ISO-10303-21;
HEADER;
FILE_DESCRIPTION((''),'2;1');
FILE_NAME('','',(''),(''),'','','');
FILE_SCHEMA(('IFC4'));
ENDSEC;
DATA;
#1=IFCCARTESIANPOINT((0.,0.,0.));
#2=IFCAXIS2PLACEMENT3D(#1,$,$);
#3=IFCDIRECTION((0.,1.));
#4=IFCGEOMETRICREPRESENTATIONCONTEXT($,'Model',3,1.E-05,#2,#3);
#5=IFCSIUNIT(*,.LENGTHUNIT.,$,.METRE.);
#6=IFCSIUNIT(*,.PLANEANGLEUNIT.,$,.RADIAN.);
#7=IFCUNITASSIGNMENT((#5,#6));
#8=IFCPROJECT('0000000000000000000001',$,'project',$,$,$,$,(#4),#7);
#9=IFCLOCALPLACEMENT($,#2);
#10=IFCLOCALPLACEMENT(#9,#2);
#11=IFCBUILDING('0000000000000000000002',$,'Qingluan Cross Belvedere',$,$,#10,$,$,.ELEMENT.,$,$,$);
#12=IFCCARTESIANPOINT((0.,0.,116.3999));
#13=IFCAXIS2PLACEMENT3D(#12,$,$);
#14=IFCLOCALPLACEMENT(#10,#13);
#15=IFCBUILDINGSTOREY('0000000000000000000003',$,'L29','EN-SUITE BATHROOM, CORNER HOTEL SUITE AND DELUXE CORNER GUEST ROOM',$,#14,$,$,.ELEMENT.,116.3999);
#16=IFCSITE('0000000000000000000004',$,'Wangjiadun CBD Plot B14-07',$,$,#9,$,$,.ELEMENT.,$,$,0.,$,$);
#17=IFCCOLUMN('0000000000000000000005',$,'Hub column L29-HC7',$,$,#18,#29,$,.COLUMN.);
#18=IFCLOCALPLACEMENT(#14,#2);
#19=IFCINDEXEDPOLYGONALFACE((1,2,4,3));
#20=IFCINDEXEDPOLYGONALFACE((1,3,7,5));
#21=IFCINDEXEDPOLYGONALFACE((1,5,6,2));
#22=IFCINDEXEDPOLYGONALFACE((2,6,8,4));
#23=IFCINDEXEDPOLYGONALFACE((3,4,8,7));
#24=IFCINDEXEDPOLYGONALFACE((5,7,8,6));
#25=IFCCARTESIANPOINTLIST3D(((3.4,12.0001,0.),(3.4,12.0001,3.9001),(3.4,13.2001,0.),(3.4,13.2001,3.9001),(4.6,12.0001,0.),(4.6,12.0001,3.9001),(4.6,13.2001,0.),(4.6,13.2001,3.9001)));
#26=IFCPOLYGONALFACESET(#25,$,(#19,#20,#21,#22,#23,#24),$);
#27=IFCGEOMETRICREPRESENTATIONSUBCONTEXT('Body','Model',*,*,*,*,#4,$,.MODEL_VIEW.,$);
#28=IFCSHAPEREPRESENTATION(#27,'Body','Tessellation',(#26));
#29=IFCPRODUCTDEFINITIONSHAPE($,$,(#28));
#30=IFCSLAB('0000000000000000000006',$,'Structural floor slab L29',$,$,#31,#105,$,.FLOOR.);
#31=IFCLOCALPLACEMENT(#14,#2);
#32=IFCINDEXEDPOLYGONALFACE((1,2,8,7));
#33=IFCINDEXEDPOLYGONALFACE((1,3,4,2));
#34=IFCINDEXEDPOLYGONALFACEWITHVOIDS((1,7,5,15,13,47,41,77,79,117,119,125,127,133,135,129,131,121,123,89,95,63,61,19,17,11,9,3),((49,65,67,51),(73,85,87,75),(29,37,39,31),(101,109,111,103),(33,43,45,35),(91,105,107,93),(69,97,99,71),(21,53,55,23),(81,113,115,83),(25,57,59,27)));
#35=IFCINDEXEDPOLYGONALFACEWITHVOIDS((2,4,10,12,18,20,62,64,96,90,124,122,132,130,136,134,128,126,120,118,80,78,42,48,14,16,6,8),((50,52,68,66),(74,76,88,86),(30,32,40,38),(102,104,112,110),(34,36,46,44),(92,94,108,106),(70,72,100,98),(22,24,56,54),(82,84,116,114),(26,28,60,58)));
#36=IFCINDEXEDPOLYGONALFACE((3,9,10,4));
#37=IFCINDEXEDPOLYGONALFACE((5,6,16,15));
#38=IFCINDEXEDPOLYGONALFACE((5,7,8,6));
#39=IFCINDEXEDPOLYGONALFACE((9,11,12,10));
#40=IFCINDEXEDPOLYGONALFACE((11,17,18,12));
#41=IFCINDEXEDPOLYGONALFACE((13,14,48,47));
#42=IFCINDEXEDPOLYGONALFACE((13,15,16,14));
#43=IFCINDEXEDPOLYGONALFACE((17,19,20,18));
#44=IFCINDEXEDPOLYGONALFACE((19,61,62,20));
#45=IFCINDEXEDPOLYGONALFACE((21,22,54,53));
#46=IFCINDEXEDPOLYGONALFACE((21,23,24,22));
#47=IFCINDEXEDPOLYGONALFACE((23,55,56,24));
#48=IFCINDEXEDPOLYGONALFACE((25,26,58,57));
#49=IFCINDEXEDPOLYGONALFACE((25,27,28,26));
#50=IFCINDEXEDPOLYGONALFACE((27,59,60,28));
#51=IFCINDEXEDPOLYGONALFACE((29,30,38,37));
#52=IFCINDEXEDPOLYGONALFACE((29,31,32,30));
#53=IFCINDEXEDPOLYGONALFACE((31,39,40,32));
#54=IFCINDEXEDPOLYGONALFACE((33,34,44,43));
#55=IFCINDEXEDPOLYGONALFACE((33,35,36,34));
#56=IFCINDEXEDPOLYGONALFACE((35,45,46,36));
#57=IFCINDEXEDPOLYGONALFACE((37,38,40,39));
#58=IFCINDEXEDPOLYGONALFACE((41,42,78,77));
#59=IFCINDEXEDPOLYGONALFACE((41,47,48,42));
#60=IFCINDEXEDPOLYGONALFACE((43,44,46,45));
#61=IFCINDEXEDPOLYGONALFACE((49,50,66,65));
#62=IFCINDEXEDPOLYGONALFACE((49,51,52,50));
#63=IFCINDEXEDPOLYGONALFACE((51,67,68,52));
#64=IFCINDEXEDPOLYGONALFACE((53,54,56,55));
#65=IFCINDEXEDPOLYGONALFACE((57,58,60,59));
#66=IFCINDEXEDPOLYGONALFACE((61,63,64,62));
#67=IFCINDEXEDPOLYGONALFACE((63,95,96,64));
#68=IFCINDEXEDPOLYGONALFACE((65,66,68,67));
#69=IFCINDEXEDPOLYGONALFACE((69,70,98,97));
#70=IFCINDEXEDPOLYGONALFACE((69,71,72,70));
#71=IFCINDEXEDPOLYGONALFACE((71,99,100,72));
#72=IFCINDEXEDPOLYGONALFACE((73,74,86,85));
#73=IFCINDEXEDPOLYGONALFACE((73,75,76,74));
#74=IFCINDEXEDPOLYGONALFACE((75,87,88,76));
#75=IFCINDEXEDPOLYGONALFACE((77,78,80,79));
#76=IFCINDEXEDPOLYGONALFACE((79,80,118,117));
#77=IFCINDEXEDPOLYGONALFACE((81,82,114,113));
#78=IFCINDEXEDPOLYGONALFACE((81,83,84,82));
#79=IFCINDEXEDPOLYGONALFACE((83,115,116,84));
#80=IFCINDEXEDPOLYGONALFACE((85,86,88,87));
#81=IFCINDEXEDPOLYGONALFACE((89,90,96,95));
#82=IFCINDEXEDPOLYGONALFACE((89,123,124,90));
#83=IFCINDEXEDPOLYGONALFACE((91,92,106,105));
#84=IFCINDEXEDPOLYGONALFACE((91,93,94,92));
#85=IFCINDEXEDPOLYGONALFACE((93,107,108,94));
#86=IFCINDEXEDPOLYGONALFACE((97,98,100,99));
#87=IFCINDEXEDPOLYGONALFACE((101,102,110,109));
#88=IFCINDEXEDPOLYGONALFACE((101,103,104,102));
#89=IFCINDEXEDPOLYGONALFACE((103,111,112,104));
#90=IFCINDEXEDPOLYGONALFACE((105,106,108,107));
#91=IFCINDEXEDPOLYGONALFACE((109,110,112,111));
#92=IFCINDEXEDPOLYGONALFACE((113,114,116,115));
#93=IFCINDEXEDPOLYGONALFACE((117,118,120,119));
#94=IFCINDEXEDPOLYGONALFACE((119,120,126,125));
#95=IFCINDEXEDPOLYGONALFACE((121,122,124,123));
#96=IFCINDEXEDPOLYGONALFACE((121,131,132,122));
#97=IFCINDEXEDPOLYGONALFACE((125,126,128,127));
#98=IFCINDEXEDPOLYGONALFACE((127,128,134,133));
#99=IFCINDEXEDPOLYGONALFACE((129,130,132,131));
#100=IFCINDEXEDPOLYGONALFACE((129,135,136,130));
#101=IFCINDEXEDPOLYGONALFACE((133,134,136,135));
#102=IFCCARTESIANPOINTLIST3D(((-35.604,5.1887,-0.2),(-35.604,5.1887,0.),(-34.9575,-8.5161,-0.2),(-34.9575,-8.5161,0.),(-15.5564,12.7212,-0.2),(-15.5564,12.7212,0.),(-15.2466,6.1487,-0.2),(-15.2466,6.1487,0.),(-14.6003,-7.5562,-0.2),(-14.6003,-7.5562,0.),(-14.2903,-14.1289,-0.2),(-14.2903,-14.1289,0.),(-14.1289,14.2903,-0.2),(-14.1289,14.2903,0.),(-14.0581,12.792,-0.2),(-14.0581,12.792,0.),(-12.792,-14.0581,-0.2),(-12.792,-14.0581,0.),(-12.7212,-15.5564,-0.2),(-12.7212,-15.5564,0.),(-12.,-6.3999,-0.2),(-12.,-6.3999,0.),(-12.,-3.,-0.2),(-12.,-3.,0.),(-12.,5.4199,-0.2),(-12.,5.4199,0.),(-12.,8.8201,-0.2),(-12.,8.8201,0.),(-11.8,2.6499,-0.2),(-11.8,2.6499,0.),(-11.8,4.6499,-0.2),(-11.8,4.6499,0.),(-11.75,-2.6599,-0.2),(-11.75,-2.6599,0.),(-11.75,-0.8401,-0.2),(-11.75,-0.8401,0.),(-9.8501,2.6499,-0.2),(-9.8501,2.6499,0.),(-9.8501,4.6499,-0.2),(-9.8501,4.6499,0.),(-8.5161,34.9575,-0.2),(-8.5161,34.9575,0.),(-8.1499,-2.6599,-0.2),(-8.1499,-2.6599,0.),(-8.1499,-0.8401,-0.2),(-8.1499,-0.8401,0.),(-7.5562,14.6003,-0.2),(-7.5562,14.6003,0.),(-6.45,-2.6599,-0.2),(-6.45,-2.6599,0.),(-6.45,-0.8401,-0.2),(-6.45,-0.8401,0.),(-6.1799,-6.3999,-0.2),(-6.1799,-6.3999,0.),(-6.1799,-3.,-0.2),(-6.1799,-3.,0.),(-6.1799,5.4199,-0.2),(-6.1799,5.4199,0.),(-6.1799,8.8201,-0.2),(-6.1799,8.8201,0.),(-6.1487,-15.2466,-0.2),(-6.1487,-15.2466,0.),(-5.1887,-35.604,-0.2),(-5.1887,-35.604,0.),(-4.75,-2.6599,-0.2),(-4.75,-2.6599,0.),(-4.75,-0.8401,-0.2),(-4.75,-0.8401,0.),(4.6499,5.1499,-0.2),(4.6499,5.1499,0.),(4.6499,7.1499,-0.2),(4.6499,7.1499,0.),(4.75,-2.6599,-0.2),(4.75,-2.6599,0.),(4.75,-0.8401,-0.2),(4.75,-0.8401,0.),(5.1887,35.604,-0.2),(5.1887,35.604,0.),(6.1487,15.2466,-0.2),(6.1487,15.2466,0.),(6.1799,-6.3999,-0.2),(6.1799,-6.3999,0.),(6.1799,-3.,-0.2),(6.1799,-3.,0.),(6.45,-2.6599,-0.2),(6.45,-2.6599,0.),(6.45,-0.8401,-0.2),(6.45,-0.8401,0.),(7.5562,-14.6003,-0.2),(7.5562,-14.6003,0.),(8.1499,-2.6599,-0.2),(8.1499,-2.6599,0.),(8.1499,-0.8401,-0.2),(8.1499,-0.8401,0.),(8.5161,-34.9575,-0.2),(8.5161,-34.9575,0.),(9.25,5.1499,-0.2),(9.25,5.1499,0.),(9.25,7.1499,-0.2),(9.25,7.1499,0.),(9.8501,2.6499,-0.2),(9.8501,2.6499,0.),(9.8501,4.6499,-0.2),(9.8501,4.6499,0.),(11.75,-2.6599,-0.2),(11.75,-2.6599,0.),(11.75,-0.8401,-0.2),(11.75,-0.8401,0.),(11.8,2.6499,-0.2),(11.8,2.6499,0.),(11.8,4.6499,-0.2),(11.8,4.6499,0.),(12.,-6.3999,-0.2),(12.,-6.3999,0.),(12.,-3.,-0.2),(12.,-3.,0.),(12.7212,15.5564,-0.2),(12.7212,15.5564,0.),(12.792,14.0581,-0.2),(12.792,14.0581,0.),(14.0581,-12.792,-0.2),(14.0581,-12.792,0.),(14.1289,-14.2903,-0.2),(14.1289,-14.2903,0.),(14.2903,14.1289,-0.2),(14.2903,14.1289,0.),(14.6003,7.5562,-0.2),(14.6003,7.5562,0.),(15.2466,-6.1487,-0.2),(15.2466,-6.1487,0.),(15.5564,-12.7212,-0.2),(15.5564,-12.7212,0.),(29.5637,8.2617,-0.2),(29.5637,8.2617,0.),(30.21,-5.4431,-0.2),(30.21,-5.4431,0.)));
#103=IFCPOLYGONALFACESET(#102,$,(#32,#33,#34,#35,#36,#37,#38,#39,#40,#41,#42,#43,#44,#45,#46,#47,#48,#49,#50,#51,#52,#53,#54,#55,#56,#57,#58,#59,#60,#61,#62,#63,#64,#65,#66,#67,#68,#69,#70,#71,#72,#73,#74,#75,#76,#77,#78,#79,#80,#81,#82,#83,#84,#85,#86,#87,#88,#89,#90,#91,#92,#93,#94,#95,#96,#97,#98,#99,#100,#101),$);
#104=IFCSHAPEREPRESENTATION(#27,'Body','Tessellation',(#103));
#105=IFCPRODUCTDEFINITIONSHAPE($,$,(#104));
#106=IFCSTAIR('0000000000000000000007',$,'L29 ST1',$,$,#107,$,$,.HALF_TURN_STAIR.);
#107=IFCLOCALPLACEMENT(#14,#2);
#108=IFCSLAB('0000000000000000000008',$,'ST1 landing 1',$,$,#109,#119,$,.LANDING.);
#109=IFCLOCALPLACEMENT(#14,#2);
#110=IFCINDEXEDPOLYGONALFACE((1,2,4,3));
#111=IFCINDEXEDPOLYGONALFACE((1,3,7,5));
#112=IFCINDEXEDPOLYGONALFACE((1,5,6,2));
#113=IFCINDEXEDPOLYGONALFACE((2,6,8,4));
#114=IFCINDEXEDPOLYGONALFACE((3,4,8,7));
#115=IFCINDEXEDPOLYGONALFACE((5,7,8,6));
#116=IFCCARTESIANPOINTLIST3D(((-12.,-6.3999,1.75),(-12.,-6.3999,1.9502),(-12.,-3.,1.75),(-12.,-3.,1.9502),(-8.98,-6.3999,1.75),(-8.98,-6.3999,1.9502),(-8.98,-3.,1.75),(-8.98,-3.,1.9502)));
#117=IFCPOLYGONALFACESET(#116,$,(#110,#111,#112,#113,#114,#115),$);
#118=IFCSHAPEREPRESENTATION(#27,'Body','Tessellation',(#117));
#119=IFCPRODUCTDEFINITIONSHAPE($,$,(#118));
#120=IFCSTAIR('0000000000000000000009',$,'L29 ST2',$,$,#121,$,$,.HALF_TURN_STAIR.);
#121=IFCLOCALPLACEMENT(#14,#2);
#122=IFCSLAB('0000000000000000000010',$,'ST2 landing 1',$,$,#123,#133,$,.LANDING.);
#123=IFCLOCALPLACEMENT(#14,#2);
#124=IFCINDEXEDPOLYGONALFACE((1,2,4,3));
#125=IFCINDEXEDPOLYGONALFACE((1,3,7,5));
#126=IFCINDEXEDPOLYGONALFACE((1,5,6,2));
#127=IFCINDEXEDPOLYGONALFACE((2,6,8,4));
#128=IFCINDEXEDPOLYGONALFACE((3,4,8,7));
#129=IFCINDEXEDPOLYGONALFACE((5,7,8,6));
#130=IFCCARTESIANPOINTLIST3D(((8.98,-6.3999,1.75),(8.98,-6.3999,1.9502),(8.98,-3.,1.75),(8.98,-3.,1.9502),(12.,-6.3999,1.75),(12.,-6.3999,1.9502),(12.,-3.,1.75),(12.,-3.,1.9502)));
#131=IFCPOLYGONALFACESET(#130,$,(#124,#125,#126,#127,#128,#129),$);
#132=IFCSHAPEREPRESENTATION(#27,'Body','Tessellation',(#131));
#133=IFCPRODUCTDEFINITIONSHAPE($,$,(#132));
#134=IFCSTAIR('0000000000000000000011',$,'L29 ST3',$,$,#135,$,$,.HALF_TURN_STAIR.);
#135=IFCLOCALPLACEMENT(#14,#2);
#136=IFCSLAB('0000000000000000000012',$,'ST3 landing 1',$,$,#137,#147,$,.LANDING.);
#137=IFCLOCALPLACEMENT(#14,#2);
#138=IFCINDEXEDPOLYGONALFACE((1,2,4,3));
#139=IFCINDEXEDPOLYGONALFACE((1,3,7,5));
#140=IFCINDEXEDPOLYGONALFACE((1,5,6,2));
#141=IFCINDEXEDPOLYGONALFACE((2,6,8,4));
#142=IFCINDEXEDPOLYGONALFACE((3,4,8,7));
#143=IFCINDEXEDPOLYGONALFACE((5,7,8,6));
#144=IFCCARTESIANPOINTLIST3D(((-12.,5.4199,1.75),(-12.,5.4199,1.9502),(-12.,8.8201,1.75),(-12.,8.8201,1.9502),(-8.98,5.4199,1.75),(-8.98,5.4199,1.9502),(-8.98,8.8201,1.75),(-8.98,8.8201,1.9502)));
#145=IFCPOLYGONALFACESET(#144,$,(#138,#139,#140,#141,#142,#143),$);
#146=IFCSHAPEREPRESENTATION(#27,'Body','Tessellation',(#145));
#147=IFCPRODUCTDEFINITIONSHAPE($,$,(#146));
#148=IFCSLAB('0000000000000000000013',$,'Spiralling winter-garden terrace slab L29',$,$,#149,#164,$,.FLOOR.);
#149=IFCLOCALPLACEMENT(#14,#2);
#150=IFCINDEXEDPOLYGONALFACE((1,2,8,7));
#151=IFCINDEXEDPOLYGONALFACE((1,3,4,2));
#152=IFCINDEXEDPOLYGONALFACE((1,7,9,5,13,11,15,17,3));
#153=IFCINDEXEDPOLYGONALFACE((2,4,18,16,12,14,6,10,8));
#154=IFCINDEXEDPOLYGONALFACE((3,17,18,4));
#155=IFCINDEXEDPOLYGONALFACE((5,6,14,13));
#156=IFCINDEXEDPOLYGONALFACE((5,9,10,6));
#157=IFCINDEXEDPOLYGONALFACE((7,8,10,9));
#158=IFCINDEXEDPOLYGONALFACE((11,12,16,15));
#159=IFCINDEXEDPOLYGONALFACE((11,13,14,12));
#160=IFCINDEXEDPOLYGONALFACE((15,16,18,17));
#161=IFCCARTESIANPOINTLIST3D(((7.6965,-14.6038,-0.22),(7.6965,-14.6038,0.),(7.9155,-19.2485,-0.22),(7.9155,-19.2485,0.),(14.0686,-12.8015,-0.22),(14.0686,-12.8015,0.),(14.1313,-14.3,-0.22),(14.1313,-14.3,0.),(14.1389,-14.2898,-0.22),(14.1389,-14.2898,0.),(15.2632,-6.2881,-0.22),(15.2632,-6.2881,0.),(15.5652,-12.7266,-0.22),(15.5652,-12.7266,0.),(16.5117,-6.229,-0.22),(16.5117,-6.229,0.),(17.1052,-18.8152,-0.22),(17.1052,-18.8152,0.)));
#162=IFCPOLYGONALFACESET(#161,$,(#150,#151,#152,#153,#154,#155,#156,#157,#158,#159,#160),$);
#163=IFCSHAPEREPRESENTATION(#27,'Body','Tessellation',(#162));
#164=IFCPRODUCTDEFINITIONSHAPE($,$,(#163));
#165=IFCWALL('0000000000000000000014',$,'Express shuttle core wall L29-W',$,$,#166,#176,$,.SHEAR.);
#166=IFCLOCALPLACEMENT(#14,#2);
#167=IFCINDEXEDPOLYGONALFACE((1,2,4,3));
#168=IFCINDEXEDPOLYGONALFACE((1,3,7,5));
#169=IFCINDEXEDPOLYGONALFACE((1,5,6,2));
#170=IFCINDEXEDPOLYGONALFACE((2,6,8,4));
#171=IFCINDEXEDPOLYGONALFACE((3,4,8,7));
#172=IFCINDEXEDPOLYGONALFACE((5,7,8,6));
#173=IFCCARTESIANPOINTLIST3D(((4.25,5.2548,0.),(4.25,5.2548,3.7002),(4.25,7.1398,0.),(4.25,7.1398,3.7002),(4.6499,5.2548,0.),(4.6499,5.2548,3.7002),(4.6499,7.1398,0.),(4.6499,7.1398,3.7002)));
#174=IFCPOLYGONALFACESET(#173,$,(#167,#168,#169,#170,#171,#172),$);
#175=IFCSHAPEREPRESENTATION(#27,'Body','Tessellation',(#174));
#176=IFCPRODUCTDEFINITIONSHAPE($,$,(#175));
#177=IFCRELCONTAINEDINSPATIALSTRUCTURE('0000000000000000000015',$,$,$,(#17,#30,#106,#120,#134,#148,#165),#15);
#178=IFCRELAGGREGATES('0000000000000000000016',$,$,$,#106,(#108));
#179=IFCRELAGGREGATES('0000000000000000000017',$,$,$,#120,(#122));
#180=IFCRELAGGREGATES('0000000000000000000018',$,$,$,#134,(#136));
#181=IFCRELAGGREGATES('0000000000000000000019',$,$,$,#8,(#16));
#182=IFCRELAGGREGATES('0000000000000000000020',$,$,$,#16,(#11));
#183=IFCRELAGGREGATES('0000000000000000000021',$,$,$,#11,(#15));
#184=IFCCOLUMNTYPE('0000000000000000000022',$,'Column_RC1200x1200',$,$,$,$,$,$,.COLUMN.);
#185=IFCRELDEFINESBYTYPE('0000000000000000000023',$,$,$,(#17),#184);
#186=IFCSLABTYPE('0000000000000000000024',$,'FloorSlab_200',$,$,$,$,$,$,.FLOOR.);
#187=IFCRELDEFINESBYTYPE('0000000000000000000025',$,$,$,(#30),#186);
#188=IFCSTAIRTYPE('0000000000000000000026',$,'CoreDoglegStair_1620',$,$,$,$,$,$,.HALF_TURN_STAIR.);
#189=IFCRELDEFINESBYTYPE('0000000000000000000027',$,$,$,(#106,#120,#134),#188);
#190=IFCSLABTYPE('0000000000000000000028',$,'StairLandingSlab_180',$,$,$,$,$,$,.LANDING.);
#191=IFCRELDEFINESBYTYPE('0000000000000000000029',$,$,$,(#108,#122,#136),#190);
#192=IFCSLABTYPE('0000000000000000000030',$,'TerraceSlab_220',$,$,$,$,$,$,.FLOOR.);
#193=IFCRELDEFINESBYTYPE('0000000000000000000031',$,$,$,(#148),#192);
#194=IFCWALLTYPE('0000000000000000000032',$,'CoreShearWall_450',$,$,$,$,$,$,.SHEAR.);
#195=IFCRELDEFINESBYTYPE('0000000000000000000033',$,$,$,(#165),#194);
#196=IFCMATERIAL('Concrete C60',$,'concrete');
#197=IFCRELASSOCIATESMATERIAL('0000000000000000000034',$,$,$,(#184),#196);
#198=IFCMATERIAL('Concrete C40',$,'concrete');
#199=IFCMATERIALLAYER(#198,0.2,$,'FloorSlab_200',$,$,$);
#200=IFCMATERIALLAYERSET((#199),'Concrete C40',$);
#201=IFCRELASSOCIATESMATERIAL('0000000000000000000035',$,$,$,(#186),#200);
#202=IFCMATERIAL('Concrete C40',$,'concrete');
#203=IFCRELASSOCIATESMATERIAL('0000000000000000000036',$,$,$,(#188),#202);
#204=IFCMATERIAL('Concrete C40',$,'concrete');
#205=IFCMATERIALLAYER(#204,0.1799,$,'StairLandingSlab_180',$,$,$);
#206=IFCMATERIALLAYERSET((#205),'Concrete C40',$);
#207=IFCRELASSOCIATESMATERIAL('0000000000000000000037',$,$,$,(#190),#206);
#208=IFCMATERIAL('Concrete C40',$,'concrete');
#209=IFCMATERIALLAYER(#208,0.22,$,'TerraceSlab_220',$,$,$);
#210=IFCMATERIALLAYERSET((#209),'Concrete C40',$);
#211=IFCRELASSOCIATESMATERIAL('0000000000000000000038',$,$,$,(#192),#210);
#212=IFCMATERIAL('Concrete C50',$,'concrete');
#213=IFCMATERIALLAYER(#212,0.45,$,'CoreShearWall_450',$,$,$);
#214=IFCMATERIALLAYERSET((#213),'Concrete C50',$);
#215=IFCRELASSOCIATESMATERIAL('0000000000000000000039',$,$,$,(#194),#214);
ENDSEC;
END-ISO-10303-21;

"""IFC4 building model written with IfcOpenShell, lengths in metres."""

from ifc_helpers import new_model, si_unit, direction, frame, frame_2d, origin, origin_2d, place, context, subcontext, project, spatial, polyline, rectangle, outline, extrude, material, layer, layer_set, material_profile, profile_set, type_object, element, aggregate, save


model = new_model("IFC4")

# Units and contexts
model_context = context("Model", 3, precision=1e-05, world=origin(), true_north=direction((0.0, 1.0)))
body_context = subcontext(model_context, "Body", "Model", "MODEL_VIEW")
ifc_project = project(units=[si_unit("LENGTHUNIT", "METRE"), si_unit("PLANEANGLEUNIT", "RADIAN")], contexts=[model_context])

# Site, building, storey
site_placement = place(None, origin())
site = spatial("IfcSite", under=ifc_project, at=site_placement, Name="Wangjiadun CBD Plot B14-07", CompositionType="ELEMENT", RefElevation=0.0)
building_placement = place(site_placement, origin())
building = spatial("IfcBuilding", under=site, at=building_placement, Name="Qingluan Cross Belvedere", CompositionType="ELEMENT")
storey_placement = place(building_placement, frame((0.0, 0.0, 116.3999)))
storey = spatial("IfcBuildingStorey", under=building, at=storey_placement, Name="L29", Description="EN-SUITE BATHROOM, CORNER HOTEL SUITE AND DELUXE CORNER GUEST ROOM", CompositionType="ELEMENT", Elevation=116.3999)

# Column
ifc_material_1 = material(Name="Concrete C60", Category="concrete")
ifc_material_profile = material_profile(ifc_material_1, rectangle(XDim=1.2, YDim=1.2, at=origin_2d()), Name="RC1200x1200")
ifc_profile_set = profile_set([ifc_material_profile], Name="Concrete C60")
column_type = type_object("IfcColumnType", Name="Column_RC1200x1200", PredefinedType="COLUMN", material=ifc_profile_set)
column_placement = place(storey_placement, frame((4.0, 12.6001, 0.0), z_axis=(0.0, 0.0, 1.0), x_axis=(1.0, 0.0, 0.0)))
element("IfcColumn", 1, at=column_placement, inside=storey, type_object=column_type, Name="Hub column L29-HC7", PredefinedType="COLUMN", context=body_context, shape_type="SweptSolid", body=[
    extrude(rectangle(XDim=1.2, YDim=1.2, at=origin_2d()), origin(), (0.0, 0.0, 1.0), 3.9001),
])

# Slab
ifc_material_2 = material(Name="Concrete C40", Category="concrete")
ifc_layer_1 = layer(ifc_material_2, 0.2, Name="FloorSlab_200")
ifc_layer_set_1 = layer_set([ifc_layer_1], Name="Concrete C40")
slab_type_1 = type_object("IfcSlabType", Name="FloorSlab_200", PredefinedType="FLOOR", material=ifc_layer_set_1)
slab_1_placement = place(storey_placement, frame((0.0, 0.0, -0.2)))
element("IfcSlab", 2, at=slab_1_placement, inside=storey, type_object=slab_type_1, Name="Structural floor slab L29", PredefinedType="FLOOR", context=body_context, shape_type="SweptSolid", body=[
    extrude(outline(polyline([(8.5161, -34.9575), (7.5562, -14.6003), (14.1289, -14.2903), (14.0581, -12.792), (15.5564, -12.7212), (15.2466, -6.1487), (30.21, -5.4431), (29.5637, 8.2617), (14.6003, 7.5562), (14.2903, 14.1289), (12.792, 14.0581), (12.7212, 15.5564), (6.1487, 15.2466), (5.1887, 35.604), (-8.5161, 34.9575), (-7.5562, 14.6003), (-14.1289, 14.2903), (-14.0581, 12.792), (-15.5564, 12.7212), (-15.2466, 6.1487), (-35.604, 5.1887), (-34.9575, -8.5161), (-14.6003, -7.5562), (-14.2903, -14.1289), (-12.792, -14.0581), (-12.7212, -15.5564), (-6.1487, -15.2466), (-5.1887, -35.604), (8.5161, -34.9575)]), holes=[polyline([(-12.0, -3.0), (-6.1799, -3.0), (-6.1799, -6.3999), (-12.0, -6.3999), (-12.0, -3.0)]), polyline([(6.1799, -3.0), (12.0, -3.0), (12.0, -6.3999), (6.1799, -6.3999), (6.1799, -3.0)]), polyline([(-12.0, 8.8201), (-6.1799, 8.8201), (-6.1799, 5.4199), (-12.0, 5.4199), (-12.0, 8.8201)]), polyline([(-11.8, 4.6499), (-9.8501, 4.6499), (-9.8501, 2.6499), (-11.8, 2.6499), (-11.8, 4.6499)]), polyline([(9.8501, 4.6499), (11.8, 4.6499), (11.8, 2.6499), (9.8501, 2.6499), (9.8501, 4.6499)]), polyline([(-11.75, -0.8401), (-8.1499, -0.8401), (-8.1499, -2.6599), (-11.75, -2.6599), (-11.75, -0.8401)]), polyline([(-6.45, -0.8401), (-4.75, -0.8401), (-4.75, -2.6599), (-6.45, -2.6599), (-6.45, -0.8401)]), polyline([(4.75, -0.8401), (6.45, -0.8401), (6.45, -2.6599), (4.75, -2.6599), (4.75, -0.8401)]), polyline([(8.1499, -0.8401), (11.75, -0.8401), (11.75, -2.6599), (8.1499, -2.6599), (8.1499, -0.8401)]), polyline([(4.6499, 7.1499), (9.25, 7.1499), (9.25, 5.1499), (4.6499, 5.1499), (4.6499, 7.1499)])]), origin(), (0.0, 0.0, 1.0), 0.2),
])

# Stairs, slabs
ifc_material_3 = material(Name="Concrete C40", Category="concrete")
stair_type = type_object("IfcStairType", Name="CoreDoglegStair_1620", PredefinedType="HALF_TURN_STAIR", material=ifc_material_3)
stair_1_placement = place(storey_placement, origin())
stair_1 = element("IfcStair", 3, at=stair_1_placement, inside=storey, type_object=stair_type, Name="L29 ST1", PredefinedType="HALF_TURN_STAIR")
ifc_material_4 = material(Name="Concrete C40", Category="concrete")
ifc_layer_2 = layer(ifc_material_4, 0.1799, Name="StairLandingSlab_180")
ifc_layer_set_2 = layer_set([ifc_layer_2], Name="Concrete C40")
slab_type_2 = type_object("IfcSlabType", Name="StairLandingSlab_180", PredefinedType="LANDING", material=ifc_layer_set_2)
slab_2_placement = place(storey_placement, frame((0.0, 0.0, 1.75)))
slab_2 = element("IfcSlab", 4, at=slab_2_placement, type_object=slab_type_2, Name="ST1 landing 1", PredefinedType="LANDING", context=body_context, shape_type="SweptSolid", body=[
    extrude(outline(polyline([(-8.98, -3.0), (-12.0, -3.0), (-12.0, -6.3999), (-8.98, -6.3999), (-8.98, -3.0)])), origin(), (0.0, 0.0, 1.0), 0.2002),
])
aggregate(stair_1, [slab_2])
stair_2_placement = place(storey_placement, origin())
stair_2 = element("IfcStair", 5, at=stair_2_placement, inside=storey, type_object=stair_type, Name="L29 ST2", PredefinedType="HALF_TURN_STAIR")
slab_3_placement = place(storey_placement, frame((0.0, 0.0, 1.75)))
slab_3 = element("IfcSlab", 6, at=slab_3_placement, type_object=slab_type_2, Name="ST2 landing 1", PredefinedType="LANDING", context=body_context, shape_type="SweptSolid", body=[
    extrude(outline(polyline([(8.98, -6.3999), (12.0, -6.3999), (12.0, -3.0), (8.98, -3.0), (8.98, -6.3999)])), origin(), (0.0, 0.0, 1.0), 0.2002),
])
aggregate(stair_2, [slab_3])
stair_3_placement = place(storey_placement, origin())
stair_3 = element("IfcStair", 7, at=stair_3_placement, inside=storey, type_object=stair_type, Name="L29 ST3", PredefinedType="HALF_TURN_STAIR")
slab_4_placement = place(storey_placement, frame((0.0, 0.0, 1.75)))
slab_4 = element("IfcSlab", 8, at=slab_4_placement, type_object=slab_type_2, Name="ST3 landing 1", PredefinedType="LANDING", context=body_context, shape_type="SweptSolid", body=[
    extrude(outline(polyline([(-8.98, 8.8201), (-12.0, 8.8201), (-12.0, 5.4199), (-8.98, 5.4199), (-8.98, 8.8201)])), origin(), (0.0, 0.0, 1.0), 0.2002),
])
aggregate(stair_3, [slab_4])

# Slab
ifc_material_5 = material(Name="Concrete C40", Category="concrete")
ifc_layer_3 = layer(ifc_material_5, 0.22, Name="TerraceSlab_220")
ifc_layer_set_3 = layer_set([ifc_layer_3], Name="Concrete C40")
slab_type_3 = type_object("IfcSlabType", Name="TerraceSlab_220", PredefinedType="FLOOR", material=ifc_layer_set_3)
slab_5_placement = place(storey_placement, frame((0.0, 0.0, -0.22)))
element("IfcSlab", 9, at=slab_5_placement, inside=storey, type_object=slab_type_3, Name="Spiralling winter-garden terrace slab L29", PredefinedType="FLOOR", context=body_context, shape_type="SweptSolid", body=[
    extrude(outline(polyline([(15.2632, -6.2881), (15.5652, -12.7266), (14.0686, -12.8015), (14.1389, -14.2898), (14.1313, -14.3), (7.6965, -14.6038), (7.9155, -19.2485), (17.1052, -18.8152), (16.5117, -6.229), (15.2632, -6.2881)])), origin(), (0.0, 0.0, 1.0), 0.22),
])

# Wall
ifc_material_6 = material(Name="Concrete C50", Category="concrete")
ifc_layer_4 = layer(ifc_material_6, 0.45, Name="CoreShearWall_450")
ifc_layer_set_4 = layer_set([ifc_layer_4], Name="Concrete C50")
wall_type_1 = type_object("IfcWallType", Name="CoreShearWall_450", PredefinedType="SHEAR", material=ifc_layer_set_4)
wall_1_placement = place(storey_placement, frame((4.45, 5.2549, 0.0), z_axis=(0.0, 0.0, 1.0), x_axis=(0.0, 1.0, 0.0)))
element("IfcWall", 10, at=wall_1_placement, inside=storey, type_object=wall_type_1, Name="Express shuttle core wall L29-W", PredefinedType="SHEAR", context=body_context, shape_type="SweptSolid", body=[
    extrude(rectangle(XDim=1.885, YDim=0.3999, at=frame_2d((0.9424, 0.0))), origin(), (0.0, 0.0, 1.0), 3.7002),
])

save(model, "model.ifc")
